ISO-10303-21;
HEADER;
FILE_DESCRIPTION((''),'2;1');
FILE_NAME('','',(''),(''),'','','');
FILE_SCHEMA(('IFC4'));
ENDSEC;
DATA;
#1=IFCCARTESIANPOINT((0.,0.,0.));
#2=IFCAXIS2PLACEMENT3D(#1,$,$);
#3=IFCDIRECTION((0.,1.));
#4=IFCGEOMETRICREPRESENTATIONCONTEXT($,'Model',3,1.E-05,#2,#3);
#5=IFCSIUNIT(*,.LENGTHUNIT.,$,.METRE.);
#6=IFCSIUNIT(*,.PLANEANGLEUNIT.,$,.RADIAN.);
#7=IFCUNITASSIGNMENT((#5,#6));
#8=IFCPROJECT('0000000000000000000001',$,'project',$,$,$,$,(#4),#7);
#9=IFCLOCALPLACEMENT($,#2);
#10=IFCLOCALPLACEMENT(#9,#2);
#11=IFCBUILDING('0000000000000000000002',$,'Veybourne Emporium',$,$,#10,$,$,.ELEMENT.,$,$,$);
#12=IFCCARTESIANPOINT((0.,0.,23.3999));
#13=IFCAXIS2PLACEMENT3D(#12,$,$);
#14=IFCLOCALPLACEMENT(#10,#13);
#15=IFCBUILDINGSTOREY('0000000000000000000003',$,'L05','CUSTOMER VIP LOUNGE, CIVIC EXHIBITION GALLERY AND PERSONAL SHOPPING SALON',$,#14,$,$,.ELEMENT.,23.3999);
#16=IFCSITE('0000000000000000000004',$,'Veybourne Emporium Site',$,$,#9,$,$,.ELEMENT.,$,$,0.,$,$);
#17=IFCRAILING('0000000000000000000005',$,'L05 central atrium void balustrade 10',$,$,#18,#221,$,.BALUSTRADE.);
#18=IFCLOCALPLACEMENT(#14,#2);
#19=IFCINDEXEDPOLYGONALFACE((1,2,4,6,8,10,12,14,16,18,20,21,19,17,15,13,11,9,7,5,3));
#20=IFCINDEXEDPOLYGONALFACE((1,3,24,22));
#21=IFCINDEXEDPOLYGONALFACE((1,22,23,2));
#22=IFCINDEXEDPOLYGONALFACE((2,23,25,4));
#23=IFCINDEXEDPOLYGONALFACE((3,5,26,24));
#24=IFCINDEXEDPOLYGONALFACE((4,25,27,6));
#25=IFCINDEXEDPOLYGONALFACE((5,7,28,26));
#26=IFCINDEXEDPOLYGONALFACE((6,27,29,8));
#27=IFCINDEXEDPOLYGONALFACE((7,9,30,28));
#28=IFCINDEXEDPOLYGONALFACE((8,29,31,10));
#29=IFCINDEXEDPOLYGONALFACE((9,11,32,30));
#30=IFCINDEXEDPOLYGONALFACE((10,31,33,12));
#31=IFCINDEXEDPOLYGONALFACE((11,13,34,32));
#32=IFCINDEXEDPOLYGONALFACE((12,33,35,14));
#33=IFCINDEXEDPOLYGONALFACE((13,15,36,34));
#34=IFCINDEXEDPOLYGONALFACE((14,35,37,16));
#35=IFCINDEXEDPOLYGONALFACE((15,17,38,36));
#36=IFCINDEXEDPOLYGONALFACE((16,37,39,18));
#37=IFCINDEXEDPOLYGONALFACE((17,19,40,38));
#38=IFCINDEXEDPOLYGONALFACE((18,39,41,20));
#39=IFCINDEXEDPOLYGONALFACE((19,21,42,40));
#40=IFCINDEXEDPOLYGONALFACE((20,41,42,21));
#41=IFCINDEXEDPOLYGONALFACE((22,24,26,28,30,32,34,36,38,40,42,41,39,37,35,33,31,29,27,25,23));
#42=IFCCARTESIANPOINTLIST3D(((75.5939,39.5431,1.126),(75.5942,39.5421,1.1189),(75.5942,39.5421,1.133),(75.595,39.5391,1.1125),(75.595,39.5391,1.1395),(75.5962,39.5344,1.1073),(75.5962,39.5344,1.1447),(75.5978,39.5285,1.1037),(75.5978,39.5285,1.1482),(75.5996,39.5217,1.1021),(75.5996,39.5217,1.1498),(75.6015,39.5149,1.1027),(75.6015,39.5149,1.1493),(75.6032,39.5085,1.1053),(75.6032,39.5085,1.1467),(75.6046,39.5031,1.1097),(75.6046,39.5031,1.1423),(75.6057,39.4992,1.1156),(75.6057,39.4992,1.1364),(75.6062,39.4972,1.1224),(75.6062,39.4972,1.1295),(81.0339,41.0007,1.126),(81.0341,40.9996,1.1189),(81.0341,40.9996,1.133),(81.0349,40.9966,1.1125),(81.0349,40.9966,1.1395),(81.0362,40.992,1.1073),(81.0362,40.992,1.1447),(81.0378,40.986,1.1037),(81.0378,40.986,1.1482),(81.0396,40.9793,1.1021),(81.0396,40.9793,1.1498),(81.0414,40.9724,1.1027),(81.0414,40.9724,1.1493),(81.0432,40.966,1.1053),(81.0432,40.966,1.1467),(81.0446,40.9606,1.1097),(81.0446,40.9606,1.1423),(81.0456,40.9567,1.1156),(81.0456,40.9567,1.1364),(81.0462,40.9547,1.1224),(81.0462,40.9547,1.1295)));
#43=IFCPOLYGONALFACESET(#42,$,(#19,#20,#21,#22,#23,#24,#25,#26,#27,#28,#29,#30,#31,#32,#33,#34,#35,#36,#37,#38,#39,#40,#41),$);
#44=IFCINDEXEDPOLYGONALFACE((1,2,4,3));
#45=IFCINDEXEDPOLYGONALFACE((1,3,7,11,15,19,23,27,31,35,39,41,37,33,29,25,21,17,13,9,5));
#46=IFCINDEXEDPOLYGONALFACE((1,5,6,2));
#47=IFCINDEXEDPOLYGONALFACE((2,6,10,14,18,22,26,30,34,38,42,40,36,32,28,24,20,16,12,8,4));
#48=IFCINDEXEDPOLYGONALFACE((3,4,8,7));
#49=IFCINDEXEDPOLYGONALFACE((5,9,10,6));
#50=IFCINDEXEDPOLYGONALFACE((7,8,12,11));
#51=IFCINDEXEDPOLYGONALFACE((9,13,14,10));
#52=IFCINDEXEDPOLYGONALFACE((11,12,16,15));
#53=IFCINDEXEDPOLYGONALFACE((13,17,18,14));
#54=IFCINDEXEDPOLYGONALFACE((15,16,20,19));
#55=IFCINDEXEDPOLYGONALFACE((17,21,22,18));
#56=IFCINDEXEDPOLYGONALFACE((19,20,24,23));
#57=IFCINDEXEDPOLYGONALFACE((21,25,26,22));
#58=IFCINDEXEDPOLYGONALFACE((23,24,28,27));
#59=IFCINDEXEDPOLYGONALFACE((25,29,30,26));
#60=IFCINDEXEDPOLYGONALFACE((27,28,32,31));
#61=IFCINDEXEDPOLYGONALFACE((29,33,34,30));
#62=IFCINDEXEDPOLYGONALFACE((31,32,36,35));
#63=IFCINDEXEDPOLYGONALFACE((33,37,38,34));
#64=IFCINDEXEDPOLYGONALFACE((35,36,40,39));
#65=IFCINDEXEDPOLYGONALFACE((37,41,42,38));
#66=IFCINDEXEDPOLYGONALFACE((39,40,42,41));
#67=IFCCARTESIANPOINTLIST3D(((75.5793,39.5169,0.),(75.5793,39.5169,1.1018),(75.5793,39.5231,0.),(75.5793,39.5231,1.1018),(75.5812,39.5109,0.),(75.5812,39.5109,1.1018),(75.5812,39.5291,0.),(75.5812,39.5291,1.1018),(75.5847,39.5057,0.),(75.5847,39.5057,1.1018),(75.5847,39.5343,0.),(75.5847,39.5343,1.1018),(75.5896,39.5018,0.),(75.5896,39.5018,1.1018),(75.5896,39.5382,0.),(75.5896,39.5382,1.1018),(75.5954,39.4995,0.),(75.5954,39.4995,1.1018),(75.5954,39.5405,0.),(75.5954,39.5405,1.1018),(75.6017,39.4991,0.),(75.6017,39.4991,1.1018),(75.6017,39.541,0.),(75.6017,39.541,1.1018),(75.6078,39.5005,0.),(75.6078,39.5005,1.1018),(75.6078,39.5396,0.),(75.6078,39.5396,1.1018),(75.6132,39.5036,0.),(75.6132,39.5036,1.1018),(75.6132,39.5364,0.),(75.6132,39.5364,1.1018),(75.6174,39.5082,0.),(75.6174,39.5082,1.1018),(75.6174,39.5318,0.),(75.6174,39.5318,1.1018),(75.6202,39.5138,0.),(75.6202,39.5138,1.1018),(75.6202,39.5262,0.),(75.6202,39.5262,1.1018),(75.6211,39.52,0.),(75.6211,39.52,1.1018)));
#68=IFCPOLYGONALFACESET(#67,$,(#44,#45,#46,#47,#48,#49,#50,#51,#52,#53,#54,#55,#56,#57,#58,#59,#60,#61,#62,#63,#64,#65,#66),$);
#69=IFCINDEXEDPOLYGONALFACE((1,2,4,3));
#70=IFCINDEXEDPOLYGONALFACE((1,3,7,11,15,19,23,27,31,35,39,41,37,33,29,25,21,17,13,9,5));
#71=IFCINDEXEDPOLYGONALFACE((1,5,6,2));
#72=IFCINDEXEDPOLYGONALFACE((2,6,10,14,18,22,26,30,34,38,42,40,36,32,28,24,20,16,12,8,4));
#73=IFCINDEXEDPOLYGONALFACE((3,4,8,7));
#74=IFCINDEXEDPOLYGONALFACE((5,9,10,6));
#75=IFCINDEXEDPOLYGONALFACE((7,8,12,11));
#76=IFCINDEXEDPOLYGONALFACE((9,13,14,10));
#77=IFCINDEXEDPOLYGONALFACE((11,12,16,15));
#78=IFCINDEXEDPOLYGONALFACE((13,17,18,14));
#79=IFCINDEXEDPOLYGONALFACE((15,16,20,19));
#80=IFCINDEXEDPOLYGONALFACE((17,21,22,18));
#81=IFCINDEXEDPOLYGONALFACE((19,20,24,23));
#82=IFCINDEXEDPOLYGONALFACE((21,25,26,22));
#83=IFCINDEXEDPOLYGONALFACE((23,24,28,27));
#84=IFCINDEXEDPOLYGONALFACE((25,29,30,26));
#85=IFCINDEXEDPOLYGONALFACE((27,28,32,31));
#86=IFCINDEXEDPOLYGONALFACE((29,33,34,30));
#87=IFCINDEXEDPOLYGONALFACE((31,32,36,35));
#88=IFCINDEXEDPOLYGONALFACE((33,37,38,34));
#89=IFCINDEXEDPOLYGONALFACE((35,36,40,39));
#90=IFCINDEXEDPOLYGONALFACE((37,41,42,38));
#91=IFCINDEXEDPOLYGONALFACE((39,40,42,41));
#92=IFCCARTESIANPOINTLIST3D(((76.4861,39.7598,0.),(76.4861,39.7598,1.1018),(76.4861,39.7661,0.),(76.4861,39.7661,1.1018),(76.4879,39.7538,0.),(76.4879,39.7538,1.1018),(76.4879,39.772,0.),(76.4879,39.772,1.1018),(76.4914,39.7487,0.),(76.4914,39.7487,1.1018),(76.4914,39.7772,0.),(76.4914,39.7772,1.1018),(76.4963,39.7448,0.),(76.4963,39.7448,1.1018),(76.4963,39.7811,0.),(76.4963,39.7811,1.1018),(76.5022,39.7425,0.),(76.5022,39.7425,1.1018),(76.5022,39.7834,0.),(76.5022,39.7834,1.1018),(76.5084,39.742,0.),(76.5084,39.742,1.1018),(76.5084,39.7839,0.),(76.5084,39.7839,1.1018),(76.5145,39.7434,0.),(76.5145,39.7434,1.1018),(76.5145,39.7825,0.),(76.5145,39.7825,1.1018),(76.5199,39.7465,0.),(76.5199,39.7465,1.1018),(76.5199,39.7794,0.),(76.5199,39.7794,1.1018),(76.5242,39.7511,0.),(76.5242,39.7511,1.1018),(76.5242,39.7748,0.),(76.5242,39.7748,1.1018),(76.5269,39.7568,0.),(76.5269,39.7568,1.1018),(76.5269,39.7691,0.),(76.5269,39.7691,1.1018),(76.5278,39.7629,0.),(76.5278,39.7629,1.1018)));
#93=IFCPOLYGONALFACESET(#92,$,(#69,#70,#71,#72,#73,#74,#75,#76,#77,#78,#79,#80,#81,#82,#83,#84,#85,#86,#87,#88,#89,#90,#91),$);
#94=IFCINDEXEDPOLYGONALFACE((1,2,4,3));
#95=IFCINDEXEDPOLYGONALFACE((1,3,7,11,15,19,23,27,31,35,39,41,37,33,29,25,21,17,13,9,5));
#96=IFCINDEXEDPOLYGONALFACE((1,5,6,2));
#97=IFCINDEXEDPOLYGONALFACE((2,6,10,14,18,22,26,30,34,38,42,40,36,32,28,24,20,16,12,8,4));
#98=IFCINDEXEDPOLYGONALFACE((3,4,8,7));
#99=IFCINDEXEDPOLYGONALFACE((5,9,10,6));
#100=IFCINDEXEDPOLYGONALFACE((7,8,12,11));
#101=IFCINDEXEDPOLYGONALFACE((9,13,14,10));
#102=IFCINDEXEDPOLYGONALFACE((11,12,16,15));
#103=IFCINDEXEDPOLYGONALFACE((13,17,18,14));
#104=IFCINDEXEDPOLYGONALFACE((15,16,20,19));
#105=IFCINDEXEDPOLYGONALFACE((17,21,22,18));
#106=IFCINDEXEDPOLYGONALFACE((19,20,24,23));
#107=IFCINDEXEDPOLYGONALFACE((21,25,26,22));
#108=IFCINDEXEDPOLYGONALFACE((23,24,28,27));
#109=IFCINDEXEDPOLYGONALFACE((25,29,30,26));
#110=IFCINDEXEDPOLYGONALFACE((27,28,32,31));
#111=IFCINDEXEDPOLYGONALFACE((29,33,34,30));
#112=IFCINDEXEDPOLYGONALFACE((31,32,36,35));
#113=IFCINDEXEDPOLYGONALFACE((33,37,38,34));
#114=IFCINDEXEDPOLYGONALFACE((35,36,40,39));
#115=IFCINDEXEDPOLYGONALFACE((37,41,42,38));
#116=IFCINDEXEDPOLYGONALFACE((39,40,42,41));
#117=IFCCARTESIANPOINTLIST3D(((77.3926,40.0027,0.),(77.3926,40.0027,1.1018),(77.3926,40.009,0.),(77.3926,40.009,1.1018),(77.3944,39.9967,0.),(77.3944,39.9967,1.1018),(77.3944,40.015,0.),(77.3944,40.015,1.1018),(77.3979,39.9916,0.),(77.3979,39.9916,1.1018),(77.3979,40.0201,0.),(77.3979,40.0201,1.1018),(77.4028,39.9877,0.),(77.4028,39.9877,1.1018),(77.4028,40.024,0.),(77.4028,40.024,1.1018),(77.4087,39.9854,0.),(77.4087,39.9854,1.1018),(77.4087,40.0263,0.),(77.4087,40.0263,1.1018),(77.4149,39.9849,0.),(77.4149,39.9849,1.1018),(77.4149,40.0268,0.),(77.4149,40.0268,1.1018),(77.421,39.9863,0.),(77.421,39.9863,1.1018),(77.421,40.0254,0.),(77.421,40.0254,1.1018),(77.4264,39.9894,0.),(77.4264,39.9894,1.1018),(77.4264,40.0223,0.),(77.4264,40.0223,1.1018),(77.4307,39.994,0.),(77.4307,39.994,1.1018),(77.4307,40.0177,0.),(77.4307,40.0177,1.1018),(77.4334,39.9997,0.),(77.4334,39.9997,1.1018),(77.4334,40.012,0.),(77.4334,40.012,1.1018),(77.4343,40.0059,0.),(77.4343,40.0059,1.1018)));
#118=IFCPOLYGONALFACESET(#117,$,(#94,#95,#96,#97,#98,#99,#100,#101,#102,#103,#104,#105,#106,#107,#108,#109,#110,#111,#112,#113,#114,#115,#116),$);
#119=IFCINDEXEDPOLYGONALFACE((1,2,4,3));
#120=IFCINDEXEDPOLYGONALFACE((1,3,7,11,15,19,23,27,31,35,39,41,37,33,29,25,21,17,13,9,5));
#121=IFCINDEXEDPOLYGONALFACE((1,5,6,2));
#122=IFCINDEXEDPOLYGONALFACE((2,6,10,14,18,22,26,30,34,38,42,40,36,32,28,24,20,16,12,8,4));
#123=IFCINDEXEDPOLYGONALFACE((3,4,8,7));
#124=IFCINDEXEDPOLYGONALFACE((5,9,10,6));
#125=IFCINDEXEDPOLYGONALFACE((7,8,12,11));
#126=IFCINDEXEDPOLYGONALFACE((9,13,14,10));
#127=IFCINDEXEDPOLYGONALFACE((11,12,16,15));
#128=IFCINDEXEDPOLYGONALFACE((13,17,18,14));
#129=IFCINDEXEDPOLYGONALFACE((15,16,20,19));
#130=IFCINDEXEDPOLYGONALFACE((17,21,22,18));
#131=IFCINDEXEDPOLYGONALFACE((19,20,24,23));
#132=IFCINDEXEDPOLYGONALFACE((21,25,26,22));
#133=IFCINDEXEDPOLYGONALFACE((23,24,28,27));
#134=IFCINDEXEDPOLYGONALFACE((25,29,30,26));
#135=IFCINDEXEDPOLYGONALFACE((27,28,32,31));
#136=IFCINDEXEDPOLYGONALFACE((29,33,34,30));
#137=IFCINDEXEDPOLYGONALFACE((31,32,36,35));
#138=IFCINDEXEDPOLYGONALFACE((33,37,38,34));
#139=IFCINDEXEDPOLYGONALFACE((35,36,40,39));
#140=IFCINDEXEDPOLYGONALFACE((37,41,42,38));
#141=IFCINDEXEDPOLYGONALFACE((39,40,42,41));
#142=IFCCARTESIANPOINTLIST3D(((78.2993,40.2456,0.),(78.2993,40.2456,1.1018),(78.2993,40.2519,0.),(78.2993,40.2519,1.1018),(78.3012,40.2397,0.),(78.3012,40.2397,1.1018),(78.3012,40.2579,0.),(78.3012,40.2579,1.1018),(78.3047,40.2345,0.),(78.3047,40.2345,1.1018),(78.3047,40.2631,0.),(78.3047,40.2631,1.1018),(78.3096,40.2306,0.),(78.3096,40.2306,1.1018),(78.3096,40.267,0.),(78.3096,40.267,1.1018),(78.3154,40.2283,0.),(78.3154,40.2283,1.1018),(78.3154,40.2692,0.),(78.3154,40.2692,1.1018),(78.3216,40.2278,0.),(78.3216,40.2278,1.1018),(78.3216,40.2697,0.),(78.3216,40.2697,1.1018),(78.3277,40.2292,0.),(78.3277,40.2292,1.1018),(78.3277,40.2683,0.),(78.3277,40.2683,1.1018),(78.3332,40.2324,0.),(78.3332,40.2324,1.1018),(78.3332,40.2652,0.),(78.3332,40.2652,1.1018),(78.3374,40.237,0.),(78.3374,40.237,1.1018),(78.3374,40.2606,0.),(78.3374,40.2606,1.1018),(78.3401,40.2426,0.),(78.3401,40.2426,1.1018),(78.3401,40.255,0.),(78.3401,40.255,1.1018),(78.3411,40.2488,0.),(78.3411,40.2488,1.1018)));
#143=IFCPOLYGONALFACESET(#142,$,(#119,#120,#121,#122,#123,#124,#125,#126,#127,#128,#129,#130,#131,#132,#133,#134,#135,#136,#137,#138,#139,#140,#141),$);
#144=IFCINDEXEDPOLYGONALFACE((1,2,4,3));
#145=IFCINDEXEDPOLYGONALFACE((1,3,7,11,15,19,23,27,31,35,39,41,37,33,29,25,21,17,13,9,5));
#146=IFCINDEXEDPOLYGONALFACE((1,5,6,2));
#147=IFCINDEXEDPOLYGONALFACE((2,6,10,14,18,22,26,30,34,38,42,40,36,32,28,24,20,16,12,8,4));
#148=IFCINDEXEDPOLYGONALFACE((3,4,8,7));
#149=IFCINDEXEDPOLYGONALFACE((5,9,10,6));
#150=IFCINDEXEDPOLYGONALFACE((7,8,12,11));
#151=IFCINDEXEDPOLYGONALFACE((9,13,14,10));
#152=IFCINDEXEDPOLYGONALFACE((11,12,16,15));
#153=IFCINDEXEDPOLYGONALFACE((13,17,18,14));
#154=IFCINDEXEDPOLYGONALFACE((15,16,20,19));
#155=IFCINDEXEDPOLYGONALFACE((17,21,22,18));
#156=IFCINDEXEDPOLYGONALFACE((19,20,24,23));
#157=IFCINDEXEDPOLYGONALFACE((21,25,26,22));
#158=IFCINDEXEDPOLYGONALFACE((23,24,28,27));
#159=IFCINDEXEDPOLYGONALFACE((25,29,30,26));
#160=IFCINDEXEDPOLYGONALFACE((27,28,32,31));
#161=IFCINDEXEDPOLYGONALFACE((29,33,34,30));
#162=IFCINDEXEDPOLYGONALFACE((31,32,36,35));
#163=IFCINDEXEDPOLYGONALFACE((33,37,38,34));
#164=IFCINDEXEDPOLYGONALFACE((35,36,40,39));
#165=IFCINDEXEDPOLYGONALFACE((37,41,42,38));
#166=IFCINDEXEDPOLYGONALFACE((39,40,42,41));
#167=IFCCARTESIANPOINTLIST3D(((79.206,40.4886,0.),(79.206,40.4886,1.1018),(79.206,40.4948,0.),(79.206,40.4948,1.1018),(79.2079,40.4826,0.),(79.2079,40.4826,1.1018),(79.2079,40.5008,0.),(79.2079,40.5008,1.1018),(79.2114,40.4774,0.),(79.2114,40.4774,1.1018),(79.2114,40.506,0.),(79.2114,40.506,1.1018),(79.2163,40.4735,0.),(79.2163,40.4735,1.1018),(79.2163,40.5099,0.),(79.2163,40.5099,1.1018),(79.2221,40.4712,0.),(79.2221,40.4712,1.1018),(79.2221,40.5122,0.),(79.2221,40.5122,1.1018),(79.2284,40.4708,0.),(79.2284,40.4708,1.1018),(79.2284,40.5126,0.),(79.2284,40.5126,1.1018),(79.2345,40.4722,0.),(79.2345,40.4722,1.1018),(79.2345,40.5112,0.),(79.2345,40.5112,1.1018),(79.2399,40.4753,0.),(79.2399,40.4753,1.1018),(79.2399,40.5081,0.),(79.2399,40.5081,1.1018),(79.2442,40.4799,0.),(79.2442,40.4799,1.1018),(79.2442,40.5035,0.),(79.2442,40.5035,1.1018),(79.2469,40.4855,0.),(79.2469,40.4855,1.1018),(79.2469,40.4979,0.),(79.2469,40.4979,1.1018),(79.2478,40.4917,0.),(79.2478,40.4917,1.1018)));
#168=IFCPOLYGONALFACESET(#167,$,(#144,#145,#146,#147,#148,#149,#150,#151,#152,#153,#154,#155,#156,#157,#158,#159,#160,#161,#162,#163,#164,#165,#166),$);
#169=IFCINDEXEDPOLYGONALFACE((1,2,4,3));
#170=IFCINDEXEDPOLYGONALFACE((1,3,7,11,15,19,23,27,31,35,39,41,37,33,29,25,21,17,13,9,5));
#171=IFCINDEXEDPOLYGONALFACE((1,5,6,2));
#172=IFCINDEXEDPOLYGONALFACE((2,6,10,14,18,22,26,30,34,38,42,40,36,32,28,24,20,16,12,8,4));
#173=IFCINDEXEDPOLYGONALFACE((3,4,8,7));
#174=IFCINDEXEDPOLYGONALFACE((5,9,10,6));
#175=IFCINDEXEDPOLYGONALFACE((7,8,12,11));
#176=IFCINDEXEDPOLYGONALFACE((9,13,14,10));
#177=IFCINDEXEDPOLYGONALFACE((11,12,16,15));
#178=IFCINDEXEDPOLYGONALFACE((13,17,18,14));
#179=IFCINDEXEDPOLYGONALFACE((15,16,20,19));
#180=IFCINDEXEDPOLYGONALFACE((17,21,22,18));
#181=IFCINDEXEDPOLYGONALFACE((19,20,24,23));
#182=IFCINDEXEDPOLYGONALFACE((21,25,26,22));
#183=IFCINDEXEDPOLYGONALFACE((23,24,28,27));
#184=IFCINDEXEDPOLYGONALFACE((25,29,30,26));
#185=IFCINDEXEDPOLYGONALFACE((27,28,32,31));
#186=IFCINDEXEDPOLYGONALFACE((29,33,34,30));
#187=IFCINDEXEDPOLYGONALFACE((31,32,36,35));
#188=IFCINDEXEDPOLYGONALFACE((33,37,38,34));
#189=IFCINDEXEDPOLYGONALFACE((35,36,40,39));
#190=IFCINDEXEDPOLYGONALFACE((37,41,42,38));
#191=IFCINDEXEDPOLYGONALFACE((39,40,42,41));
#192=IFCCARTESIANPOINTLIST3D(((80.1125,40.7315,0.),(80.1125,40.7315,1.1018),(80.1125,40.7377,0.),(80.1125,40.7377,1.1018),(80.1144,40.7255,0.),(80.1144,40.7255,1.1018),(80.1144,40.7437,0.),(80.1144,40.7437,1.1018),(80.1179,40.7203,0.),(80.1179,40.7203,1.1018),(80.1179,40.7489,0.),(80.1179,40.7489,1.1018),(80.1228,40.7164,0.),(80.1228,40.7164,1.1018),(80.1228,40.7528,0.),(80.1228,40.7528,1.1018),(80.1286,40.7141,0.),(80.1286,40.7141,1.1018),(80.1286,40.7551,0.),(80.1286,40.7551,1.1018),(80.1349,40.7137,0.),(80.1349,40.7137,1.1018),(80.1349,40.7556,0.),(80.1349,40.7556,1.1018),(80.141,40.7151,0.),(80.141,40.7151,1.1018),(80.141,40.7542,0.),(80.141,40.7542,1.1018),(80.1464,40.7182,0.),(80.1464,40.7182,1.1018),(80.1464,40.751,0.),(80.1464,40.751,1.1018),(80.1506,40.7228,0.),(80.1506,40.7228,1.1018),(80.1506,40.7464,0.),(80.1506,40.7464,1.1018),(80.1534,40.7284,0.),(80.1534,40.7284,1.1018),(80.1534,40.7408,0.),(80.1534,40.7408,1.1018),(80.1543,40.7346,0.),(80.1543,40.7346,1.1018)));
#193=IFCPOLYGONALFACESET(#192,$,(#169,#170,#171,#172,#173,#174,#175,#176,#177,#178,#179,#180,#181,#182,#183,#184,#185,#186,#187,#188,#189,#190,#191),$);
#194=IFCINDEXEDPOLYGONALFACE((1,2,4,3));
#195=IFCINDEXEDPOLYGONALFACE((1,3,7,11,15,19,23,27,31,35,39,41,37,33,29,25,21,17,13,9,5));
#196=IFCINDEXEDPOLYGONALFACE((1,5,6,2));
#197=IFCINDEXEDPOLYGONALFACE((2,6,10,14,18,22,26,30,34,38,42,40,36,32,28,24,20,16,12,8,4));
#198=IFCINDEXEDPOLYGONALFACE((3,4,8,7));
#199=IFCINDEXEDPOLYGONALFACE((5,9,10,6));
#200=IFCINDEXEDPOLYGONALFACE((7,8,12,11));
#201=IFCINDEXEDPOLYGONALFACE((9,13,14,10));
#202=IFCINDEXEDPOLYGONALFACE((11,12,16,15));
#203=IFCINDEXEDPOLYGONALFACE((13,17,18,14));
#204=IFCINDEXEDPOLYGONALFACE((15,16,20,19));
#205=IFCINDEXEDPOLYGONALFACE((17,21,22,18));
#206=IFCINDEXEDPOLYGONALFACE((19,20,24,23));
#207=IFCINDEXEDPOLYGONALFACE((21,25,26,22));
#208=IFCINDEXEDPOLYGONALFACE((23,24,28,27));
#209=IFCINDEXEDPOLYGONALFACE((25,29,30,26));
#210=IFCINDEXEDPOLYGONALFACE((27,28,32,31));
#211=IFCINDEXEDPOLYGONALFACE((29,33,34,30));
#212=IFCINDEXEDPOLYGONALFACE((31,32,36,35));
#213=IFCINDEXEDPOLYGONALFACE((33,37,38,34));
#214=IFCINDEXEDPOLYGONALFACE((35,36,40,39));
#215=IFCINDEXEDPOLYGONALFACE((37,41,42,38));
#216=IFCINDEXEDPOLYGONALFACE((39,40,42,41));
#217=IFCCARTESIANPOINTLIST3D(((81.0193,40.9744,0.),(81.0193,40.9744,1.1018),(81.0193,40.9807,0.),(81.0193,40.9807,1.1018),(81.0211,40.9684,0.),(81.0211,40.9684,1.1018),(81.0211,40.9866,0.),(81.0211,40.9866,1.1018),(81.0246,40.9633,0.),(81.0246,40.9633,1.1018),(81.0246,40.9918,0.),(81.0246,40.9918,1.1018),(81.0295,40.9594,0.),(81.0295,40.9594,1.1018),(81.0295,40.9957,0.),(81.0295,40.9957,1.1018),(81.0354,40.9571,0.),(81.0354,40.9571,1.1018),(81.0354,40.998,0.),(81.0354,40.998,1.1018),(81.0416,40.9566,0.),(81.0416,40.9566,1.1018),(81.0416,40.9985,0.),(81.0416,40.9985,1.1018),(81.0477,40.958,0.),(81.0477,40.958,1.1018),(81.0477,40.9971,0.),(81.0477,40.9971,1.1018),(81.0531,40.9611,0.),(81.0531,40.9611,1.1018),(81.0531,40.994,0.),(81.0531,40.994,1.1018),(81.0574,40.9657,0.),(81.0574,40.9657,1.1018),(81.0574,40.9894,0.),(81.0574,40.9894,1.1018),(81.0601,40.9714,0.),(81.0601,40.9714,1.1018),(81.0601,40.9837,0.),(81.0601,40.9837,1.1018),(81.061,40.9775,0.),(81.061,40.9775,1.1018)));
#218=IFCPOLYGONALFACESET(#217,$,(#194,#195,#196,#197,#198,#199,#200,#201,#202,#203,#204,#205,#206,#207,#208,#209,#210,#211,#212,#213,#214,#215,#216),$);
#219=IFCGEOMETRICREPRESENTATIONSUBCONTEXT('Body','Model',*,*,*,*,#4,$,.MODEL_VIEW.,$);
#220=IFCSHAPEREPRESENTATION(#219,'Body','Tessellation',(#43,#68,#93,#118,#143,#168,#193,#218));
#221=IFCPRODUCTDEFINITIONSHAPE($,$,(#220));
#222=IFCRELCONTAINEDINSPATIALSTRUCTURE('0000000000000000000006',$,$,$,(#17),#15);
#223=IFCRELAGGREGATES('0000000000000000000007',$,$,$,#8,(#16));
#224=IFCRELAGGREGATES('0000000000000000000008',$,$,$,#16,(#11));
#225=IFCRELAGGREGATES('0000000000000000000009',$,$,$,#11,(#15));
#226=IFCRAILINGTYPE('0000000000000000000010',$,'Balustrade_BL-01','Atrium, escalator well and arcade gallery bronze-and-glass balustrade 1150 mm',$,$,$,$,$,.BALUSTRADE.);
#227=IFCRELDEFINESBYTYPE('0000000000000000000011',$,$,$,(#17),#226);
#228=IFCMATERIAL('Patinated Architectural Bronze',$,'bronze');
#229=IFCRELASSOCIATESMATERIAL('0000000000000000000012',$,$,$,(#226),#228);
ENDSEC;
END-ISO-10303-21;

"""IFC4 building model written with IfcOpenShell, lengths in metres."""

from ifc_helpers import new_model, si_unit, direction, frame, origin, origin_2d, place, context, subcontext, project, spatial, circle, extrude, material, type_object, element, save


model = new_model("IFC4")

# Units and contexts
model_context = context("Model", 3, precision=1e-05, world=origin(), true_north=direction((0.0, 1.0)))
body_context = subcontext(model_context, "Body", "Model", "MODEL_VIEW")
ifc_project = project(units=[si_unit("LENGTHUNIT", "METRE"), si_unit("PLANEANGLEUNIT", "RADIAN")], contexts=[model_context])

# Site, building, storey
site_placement = place(None, origin())
site = spatial("IfcSite", under=ifc_project, at=site_placement, Name="Veybourne Emporium Site", CompositionType="ELEMENT", RefElevation=0.0)
building_placement = place(site_placement, origin())
building = spatial("IfcBuilding", under=site, at=building_placement, Name="Veybourne Emporium", CompositionType="ELEMENT")
storey_placement = place(building_placement, frame((0.0, 0.0, 23.3999)))
storey = spatial("IfcBuildingStorey", under=building, at=storey_placement, Name="L05", Description="CUSTOMER VIP LOUNGE, CIVIC EXHIBITION GALLERY AND PERSONAL SHOPPING SALON", CompositionType="ELEMENT", Elevation=23.3999)

# Railing
ifc_material_1 = material(Name="Patinated Architectural Bronze", Category="bronze")
railing_type = type_object("IfcRailingType", Name="Balustrade_BL-01", Description="Atrium, escalator well and arcade gallery bronze-and-glass balustrade 1150 mm", PredefinedType="BALUSTRADE", material=ifc_material_1)
railing_1_placement = place(storey_placement, frame((75.6001, 39.52, 0.0)))
element("IfcRailing", 1, at=railing_1_placement, inside=storey, type_object=railing_type, Name="L05 central atrium void balustrade 10", PredefinedType="BALUSTRADE", context=body_context, shape_type="SweptSolid", body=[
    extrude(circle(Radius=0.0239, at=origin_2d()), frame((0.0, 0.0, 1.126), z_axis=(0.965931, 0.258801, 0.0), x_axis=(-0.258801, 0.965931, 0.0)), (0.0, 0.0, 1.0), 5.6318),
    extrude(circle(Radius=0.021, at=origin_2d()), origin(), (0.0, 0.0, 1.0), 1.1018),
    extrude(circle(Radius=0.021, at=origin_2d()), frame((0.9067, 0.2429, 0.0)), (0.0, 0.0, 1.0), 1.1018),
    extrude(circle(Radius=0.021, at=origin_2d()), frame((1.8132, 0.4858, 0.0)), (0.0, 0.0, 1.0), 1.1018),
    extrude(circle(Radius=0.021, at=origin_2d()), frame((2.72, 0.7288, 0.0)), (0.0, 0.0, 1.0), 1.1018),
    extrude(circle(Radius=0.021, at=origin_2d()), frame((3.6267, 0.9717, 0.0)), (0.0, 0.0, 1.0), 1.1018),
    extrude(circle(Radius=0.021, at=origin_2d()), frame((4.5332, 1.2146, 0.0)), (0.0, 0.0, 1.0), 1.1018),
    extrude(circle(Radius=0.021, at=origin_2d()), frame((5.4399, 1.4575, 0.0)), (0.0, 0.0, 1.0), 1.1018),
])

save(model, "model.ifc")
